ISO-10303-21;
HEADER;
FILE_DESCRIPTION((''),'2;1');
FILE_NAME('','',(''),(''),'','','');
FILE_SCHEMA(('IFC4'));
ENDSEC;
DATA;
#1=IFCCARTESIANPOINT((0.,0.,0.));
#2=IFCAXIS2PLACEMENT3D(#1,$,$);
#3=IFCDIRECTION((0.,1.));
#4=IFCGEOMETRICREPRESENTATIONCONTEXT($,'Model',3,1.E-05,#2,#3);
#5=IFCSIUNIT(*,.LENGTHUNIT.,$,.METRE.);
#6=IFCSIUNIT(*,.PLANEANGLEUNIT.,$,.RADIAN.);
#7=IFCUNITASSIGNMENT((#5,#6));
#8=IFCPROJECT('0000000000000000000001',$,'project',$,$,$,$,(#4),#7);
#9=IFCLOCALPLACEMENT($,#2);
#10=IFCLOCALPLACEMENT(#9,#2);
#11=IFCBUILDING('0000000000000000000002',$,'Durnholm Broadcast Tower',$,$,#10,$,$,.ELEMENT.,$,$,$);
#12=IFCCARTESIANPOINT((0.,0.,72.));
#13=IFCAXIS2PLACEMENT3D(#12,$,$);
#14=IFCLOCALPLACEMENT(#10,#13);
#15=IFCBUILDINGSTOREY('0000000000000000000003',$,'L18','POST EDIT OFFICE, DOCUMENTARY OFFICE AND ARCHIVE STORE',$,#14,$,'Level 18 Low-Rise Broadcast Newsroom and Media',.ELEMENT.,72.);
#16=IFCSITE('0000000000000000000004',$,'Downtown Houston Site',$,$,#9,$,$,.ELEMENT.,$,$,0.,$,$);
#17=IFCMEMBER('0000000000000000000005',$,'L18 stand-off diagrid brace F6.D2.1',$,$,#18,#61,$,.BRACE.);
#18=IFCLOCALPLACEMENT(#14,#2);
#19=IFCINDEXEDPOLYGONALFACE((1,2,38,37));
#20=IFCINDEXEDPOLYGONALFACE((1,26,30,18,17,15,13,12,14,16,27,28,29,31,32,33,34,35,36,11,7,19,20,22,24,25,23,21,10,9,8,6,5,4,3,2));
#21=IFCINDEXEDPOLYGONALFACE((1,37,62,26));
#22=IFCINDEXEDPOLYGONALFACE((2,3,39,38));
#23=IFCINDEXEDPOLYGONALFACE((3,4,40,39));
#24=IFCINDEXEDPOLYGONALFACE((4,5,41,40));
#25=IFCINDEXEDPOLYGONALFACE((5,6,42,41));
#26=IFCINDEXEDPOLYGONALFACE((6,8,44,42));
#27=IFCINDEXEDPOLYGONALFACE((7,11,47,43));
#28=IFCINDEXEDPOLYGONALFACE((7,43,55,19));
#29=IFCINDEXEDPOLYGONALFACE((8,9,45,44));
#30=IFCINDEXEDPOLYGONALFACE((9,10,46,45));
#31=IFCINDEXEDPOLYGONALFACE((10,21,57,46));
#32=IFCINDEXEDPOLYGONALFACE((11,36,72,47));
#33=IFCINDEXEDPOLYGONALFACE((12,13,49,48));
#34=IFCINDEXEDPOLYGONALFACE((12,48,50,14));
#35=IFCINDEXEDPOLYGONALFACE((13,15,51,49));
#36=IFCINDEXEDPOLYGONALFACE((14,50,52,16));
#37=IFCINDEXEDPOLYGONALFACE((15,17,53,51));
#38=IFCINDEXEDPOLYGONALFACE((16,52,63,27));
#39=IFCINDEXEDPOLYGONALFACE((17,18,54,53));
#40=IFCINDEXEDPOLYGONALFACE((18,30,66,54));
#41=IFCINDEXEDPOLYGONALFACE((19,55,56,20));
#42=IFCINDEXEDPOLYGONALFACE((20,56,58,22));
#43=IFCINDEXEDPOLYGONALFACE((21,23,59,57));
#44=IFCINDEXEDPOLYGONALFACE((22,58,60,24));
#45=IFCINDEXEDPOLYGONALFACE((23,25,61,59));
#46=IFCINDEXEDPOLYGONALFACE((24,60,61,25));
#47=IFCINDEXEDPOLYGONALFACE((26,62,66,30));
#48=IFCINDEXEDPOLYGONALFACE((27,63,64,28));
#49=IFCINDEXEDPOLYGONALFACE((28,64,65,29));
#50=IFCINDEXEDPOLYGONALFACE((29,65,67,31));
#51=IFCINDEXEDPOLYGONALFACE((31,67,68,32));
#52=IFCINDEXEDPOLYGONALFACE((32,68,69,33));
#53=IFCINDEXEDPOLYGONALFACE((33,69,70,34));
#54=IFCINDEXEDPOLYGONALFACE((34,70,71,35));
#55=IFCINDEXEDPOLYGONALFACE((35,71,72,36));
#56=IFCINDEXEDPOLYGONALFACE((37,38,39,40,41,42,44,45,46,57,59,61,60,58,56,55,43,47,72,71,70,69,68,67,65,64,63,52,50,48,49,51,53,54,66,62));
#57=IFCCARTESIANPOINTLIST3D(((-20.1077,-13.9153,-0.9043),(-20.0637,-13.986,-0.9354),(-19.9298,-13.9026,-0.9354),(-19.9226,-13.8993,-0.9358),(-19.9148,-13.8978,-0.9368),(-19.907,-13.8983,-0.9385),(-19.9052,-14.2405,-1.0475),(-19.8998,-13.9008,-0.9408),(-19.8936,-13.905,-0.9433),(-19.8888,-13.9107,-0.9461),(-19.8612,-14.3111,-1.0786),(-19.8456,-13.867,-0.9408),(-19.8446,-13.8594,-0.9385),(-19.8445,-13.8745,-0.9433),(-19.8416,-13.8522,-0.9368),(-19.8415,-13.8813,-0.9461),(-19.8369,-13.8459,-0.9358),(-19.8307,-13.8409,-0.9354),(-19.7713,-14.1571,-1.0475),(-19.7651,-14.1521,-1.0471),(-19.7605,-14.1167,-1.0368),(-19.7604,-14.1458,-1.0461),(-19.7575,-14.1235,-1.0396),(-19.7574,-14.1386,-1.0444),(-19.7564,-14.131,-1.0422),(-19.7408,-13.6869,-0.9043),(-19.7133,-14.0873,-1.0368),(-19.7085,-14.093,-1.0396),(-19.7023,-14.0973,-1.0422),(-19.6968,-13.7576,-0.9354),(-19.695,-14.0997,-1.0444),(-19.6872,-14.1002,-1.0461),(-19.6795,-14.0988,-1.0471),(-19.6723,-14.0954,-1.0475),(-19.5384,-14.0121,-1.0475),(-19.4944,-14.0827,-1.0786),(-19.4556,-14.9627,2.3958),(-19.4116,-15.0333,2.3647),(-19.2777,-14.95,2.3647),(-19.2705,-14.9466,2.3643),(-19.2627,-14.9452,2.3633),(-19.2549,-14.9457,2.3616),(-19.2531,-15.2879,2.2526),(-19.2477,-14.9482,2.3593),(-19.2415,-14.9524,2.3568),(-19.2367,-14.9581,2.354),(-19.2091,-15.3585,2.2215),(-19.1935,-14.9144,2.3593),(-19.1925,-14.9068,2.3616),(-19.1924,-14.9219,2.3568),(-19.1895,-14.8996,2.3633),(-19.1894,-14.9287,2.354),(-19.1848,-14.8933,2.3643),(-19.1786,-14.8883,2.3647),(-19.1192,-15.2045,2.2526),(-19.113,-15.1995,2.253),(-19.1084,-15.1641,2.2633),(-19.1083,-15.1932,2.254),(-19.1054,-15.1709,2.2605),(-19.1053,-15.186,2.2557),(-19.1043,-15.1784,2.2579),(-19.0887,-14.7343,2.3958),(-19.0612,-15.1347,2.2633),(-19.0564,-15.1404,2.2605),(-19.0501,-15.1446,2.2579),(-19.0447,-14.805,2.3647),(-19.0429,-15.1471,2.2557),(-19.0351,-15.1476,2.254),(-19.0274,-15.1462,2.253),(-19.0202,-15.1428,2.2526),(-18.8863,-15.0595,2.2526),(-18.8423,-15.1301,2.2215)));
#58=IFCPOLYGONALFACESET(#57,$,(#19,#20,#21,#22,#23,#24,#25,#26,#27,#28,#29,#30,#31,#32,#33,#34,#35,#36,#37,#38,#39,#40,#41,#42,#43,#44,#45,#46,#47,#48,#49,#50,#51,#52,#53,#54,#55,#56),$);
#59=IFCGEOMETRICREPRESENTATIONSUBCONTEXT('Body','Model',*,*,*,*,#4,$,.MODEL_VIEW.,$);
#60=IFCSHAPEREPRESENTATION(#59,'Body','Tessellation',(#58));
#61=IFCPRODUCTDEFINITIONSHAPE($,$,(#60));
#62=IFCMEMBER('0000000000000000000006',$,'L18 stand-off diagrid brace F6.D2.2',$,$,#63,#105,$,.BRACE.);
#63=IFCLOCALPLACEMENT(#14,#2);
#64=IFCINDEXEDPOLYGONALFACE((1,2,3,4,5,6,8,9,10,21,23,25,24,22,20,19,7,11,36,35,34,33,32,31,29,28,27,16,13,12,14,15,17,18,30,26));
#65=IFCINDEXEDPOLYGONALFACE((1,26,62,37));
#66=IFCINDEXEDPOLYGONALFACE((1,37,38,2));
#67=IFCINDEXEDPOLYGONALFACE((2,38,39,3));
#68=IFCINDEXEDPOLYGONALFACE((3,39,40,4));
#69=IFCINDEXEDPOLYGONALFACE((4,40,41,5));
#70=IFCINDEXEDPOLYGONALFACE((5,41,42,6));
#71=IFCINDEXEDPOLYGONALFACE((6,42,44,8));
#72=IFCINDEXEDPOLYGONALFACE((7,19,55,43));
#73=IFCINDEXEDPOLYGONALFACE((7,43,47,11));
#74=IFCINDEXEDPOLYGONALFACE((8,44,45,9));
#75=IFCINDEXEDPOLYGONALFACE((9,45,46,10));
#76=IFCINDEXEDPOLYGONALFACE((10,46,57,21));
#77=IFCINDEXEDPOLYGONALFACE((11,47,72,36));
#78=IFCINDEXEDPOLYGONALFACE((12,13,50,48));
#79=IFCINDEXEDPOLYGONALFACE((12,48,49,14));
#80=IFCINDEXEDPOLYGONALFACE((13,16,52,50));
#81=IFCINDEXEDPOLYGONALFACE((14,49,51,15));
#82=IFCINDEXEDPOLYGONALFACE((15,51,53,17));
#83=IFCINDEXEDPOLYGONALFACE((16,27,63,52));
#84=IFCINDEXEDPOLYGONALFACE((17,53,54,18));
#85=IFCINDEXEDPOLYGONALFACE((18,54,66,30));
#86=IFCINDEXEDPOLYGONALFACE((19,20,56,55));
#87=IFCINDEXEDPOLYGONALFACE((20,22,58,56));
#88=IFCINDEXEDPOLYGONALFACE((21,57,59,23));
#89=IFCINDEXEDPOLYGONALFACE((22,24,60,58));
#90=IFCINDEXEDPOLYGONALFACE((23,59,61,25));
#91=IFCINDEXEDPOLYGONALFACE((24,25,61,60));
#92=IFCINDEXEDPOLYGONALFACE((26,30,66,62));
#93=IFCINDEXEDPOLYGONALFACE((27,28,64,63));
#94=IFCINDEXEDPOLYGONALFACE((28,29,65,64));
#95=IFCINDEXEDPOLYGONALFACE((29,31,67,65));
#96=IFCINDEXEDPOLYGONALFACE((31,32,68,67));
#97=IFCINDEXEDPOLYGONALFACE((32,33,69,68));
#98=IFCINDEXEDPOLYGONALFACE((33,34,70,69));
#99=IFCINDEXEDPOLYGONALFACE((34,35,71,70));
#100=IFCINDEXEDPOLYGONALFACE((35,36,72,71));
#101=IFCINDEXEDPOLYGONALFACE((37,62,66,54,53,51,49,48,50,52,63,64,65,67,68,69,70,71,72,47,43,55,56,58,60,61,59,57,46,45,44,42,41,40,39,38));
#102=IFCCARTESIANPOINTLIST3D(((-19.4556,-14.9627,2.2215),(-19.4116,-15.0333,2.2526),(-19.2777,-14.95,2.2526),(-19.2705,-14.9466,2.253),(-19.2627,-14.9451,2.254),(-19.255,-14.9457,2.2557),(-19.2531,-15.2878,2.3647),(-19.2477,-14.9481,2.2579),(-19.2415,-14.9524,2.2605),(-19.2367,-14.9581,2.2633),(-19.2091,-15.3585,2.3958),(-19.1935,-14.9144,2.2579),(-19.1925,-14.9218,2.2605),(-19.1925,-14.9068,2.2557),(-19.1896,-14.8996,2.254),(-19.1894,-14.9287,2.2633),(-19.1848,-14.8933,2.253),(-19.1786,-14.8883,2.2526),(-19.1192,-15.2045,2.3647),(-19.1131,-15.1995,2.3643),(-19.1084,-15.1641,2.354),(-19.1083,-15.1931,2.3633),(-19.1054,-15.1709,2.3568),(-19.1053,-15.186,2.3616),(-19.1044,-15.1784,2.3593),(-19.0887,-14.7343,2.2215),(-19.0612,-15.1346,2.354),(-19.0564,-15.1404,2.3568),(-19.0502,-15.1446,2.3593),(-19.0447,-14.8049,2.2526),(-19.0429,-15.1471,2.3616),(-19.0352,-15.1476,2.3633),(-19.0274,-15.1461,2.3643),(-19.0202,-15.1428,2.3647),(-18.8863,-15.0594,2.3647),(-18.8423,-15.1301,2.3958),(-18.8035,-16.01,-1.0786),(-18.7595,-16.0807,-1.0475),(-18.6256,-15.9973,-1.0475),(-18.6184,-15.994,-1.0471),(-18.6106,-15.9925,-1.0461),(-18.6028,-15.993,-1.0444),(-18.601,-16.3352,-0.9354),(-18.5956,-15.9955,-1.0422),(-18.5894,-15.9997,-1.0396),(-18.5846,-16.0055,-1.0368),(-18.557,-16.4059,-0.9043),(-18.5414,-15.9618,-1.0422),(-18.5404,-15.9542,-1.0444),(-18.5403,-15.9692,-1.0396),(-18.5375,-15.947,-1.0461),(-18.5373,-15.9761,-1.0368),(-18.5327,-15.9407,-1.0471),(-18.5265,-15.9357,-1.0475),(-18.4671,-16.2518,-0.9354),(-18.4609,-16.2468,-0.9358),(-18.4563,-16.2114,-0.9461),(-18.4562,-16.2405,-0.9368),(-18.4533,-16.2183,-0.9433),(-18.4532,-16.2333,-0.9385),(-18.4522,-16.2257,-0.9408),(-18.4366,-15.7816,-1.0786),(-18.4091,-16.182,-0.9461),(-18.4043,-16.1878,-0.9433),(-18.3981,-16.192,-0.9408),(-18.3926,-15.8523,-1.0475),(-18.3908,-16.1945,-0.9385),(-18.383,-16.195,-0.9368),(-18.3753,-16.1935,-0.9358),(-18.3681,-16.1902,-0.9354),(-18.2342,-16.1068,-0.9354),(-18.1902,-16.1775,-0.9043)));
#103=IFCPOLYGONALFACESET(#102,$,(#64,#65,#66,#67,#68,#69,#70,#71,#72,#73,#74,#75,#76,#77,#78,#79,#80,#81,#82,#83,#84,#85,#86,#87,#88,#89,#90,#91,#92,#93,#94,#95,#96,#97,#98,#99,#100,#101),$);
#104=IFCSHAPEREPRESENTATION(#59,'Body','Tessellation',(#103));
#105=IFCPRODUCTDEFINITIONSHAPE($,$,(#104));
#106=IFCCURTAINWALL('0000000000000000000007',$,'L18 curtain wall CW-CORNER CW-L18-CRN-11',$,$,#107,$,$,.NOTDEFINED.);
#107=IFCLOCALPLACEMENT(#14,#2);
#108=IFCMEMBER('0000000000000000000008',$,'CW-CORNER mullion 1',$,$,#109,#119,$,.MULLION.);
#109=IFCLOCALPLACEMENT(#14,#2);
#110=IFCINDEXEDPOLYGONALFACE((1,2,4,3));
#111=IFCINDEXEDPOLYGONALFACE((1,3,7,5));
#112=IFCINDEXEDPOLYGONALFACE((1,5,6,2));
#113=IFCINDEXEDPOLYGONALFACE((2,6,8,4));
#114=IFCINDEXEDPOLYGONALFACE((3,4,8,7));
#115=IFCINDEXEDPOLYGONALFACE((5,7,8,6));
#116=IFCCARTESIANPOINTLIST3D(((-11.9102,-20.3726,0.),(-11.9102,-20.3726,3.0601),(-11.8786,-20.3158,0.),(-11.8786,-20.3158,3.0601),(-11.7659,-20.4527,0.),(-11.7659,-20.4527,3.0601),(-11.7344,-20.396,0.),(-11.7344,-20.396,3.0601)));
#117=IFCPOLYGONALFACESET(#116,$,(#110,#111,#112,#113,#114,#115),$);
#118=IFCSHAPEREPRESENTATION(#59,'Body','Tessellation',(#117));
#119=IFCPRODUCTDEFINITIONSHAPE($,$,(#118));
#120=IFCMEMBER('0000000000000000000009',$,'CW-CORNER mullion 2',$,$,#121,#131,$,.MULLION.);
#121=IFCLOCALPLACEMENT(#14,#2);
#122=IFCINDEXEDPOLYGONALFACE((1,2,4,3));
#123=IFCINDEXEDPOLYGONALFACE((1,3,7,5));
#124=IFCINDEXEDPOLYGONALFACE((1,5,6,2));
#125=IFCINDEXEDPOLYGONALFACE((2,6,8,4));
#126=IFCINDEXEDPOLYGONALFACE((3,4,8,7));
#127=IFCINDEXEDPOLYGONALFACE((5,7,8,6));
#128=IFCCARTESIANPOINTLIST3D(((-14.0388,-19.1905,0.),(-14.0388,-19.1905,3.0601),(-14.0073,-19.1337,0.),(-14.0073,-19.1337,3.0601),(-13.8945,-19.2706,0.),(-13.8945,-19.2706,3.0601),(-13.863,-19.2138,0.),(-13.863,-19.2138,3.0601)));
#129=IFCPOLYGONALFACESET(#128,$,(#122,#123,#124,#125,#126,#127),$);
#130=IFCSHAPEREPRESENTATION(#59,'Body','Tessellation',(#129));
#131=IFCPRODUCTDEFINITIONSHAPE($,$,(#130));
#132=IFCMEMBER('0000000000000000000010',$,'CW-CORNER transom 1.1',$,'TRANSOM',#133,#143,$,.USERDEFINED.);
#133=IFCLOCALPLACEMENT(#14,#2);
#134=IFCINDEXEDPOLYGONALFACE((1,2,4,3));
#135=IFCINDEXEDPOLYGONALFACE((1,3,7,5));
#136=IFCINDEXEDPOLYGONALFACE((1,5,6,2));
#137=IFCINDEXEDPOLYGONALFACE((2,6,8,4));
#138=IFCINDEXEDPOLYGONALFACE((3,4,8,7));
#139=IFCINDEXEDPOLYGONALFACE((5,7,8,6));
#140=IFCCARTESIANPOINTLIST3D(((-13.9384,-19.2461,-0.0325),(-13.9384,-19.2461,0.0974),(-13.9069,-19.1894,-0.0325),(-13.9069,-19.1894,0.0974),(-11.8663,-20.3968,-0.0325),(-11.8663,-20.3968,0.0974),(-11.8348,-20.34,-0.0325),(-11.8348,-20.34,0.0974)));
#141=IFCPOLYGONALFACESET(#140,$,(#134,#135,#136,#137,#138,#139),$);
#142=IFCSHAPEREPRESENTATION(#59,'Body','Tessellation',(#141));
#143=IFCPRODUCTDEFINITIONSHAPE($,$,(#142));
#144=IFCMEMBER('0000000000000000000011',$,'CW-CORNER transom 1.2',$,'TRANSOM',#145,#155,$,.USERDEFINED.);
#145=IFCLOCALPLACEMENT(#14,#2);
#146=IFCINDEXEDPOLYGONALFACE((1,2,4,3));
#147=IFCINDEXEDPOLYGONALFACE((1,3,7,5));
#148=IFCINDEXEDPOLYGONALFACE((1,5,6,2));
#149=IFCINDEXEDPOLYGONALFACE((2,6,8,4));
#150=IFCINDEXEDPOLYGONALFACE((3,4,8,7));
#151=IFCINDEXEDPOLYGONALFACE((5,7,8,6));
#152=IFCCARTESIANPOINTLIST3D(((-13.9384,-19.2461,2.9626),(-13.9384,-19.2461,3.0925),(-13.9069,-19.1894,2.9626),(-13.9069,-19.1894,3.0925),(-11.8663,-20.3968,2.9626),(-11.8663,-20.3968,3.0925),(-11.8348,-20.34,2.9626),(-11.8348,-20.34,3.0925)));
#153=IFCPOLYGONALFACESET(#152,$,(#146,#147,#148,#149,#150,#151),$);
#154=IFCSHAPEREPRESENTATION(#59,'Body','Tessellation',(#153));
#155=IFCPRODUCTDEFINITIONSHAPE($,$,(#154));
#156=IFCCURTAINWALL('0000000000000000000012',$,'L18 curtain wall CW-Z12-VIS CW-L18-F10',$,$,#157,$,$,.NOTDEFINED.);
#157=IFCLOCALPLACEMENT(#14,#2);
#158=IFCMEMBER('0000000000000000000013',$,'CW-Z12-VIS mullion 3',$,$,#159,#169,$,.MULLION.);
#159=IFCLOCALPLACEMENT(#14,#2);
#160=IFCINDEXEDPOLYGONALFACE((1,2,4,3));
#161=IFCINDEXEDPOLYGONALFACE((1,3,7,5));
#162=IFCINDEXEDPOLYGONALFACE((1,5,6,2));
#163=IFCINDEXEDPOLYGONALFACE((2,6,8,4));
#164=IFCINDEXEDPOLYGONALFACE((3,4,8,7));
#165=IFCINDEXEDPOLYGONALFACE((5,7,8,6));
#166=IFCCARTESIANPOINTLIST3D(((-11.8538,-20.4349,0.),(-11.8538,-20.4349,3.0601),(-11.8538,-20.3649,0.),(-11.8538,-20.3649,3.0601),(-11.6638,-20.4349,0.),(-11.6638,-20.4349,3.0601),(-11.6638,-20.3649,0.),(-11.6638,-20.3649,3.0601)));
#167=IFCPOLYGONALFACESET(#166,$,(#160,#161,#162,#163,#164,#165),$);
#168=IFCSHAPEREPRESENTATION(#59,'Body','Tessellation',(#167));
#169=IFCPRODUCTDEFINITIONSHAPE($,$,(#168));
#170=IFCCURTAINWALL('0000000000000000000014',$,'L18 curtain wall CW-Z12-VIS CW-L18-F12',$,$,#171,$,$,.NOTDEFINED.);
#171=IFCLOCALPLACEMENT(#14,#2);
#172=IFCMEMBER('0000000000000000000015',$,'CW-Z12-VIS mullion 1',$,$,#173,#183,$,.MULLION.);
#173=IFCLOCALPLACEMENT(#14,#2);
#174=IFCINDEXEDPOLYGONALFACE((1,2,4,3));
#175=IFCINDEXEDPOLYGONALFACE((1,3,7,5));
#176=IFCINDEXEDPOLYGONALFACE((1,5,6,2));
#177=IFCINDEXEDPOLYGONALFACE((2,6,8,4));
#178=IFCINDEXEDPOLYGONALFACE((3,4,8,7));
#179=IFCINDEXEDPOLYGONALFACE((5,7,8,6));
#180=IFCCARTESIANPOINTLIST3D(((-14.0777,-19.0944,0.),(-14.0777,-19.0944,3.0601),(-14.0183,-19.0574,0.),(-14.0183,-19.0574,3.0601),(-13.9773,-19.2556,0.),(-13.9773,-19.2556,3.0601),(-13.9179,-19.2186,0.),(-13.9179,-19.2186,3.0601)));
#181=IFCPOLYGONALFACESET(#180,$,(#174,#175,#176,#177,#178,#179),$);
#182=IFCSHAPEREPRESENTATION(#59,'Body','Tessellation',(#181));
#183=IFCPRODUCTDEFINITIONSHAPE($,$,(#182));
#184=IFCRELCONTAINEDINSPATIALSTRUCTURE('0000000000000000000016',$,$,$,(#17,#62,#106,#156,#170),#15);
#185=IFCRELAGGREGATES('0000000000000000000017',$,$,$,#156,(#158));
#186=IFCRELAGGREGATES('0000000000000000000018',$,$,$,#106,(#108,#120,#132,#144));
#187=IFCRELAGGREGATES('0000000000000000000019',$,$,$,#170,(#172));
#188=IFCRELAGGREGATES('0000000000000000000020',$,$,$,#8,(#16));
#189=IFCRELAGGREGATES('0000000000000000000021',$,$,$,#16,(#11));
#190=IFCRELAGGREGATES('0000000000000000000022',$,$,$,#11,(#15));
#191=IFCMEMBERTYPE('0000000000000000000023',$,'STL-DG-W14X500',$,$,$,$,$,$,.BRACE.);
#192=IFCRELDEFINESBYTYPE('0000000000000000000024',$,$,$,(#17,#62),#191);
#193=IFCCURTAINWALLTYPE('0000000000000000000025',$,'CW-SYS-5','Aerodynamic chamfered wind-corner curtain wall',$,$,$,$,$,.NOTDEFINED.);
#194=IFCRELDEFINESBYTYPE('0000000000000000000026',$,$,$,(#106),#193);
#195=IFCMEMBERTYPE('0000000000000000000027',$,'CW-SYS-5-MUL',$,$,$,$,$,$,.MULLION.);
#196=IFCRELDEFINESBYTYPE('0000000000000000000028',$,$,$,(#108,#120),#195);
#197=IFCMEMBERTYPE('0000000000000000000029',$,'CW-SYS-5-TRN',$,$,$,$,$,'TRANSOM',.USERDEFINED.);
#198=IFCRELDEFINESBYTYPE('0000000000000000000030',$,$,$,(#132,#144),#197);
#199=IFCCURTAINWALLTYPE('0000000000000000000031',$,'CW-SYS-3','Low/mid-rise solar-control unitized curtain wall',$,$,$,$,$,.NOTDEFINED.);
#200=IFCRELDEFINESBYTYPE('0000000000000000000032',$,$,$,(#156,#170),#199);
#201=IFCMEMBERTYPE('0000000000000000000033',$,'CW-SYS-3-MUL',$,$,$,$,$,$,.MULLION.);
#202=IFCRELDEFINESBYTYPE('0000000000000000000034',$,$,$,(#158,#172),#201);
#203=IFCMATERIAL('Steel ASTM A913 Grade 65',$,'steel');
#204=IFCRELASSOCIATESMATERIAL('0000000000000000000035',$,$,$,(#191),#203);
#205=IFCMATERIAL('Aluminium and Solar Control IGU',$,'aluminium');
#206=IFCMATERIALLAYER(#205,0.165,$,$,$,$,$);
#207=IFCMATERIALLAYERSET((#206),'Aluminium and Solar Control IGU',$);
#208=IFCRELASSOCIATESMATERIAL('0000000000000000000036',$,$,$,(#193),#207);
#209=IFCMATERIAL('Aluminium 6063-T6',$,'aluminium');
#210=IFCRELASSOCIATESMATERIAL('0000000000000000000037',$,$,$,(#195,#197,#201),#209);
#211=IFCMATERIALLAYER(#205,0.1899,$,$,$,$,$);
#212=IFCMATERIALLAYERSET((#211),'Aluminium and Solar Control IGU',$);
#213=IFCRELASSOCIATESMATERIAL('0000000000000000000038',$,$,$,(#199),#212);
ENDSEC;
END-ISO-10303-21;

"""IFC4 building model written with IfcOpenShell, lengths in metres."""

from ifc_helpers import new_model, si_unit, direction, frame, origin, origin_2d, place, context, subcontext, project, spatial, rectangle, i_section, extrude, source, transform, mapped, material, layer, layer_set, material_profile, profile_set, type_object, type_shapes, element, aggregate, save


model = new_model("IFC4")

# Units and contexts
model_context = context("Model", 3, precision=1e-05, world=origin(), true_north=direction((0.0, 1.0)))
body_context = subcontext(model_context, "Body", "Model", "MODEL_VIEW")
ifc_project = project(units=[si_unit("LENGTHUNIT", "METRE"), si_unit("PLANEANGLEUNIT", "RADIAN")], contexts=[model_context])

# Site, building, storey
site_placement = place(None, origin())
site = spatial("IfcSite", under=ifc_project, at=site_placement, Name="Downtown Houston Site", CompositionType="ELEMENT", RefElevation=0.0)
building_placement = place(site_placement, origin())
building = spatial("IfcBuilding", under=site, at=building_placement, Name="Durnholm Broadcast Tower", CompositionType="ELEMENT")
storey_placement = place(building_placement, frame((0.0, 0.0, 72.0)))
storey = spatial("IfcBuildingStorey", under=building, at=storey_placement, Name="L18", Description="POST EDIT OFFICE, DOCUMENTARY OFFICE AND ARCHIVE STORE", LongName="Level 18 Low-Rise Broadcast Newsroom and Media", CompositionType="ELEMENT", Elevation=72.0)

# Members
ifc_material_1 = material(Name="Steel ASTM A913 Grade 65", Category="steel")
ifc_material_profile_1 = material_profile(ifc_material_1, i_section(OverallWidth=0.4321, OverallDepth=0.4978, WebThickness=0.0557, FlangeThickness=0.0889, FilletRadius=0.0305, at=origin_2d()), Name="W14X500")
ifc_profile_set_1 = profile_set([ifc_material_profile_1], Name="Steel ASTM A913 Grade 65")
member_type_1 = type_object("IfcMemberType", Name="STL-DG-W14X500", PredefinedType="BRACE", material=ifc_profile_set_1)
shared_shape_1 = source(origin(), body_context, "Body", "SweptSolid", [
    extrude(i_section(OverallWidth=0.4321, OverallDepth=0.4978, WebThickness=0.0557, FlangeThickness=0.0889, FilletRadius=0.0305, at=origin_2d()), origin(), (0.0, 0.0, 1.0), 3.5232),
])
type_shapes(member_type_1, [shared_shape_1])
for number, where, z_axis, x_axis, name in (
    (1, (-19.801, -13.999, -0.9915), (0.18509, -0.297281, 0.936678), (0.848909, 0.52854, 0.0), "L18 stand-off diagrid brace F6.D2.1"),
    (2, (-18.4968, -16.0938, -0.9915), (-0.18509, 0.297281, 0.936678), (-0.848909, -0.52854, 0.0), "L18 stand-off diagrid brace F6.D2.2"),
):
    element("IfcMember", number, at=place(storey_placement, frame(where, z_axis=z_axis, x_axis=x_axis)), inside=storey, type_object=member_type_1, Name=name, PredefinedType="BRACE", context=body_context, shape_type="MappedRepresentation", body=[
        mapped(shared_shape_1, transform((0.0, 0.0, 0.0), x_axis=(1.0, 0.0, 0.0), y_axis=(0.0, 1.0, 0.0), z_axis=(0.0, 0.0, 1.0), scale=1.0)),
    ])

# Curtain wall, members
ifc_material_2 = material(Name="Aluminium and Solar Control IGU", Category="aluminium")
ifc_layer_1 = layer(ifc_material_2, 0.165)
ifc_layer_set_1 = layer_set([ifc_layer_1], Name="Aluminium and Solar Control IGU")
curtain_wall_type_1 = type_object("IfcCurtainWallType", Name="CW-SYS-5", Description="Aerodynamic chamfered wind-corner curtain wall", PredefinedType="NOTDEFINED", material=ifc_layer_set_1)
curtain_wall_1_placement = place(storey_placement, origin())
curtain_wall_1 = element("IfcCurtainWall", 3, at=curtain_wall_1_placement, inside=storey, type_object=curtain_wall_type_1, Name="L18 curtain wall CW-CORNER CW-L18-CRN-11", PredefinedType="NOTDEFINED")
ifc_material_3 = material(Name="Aluminium 6063-T6", Category="aluminium")
ifc_material_profile_2 = material_profile(ifc_material_3, rectangle(XDim=0.0649, YDim=0.165, at=origin_2d()), Name="CWM65X165")
ifc_profile_set_2 = profile_set([ifc_material_profile_2], Name="Aluminium 6063-T6")
member_type_2 = type_object("IfcMemberType", Name="CW-SYS-5-MUL", PredefinedType="MULLION", material=ifc_profile_set_2)
shared_shape_2 = source(origin(), body_context, "Body", "SweptSolid", [
    extrude(rectangle(XDim=0.0649, YDim=0.165, at=origin_2d()), origin(), (0.0, 0.0, 1.0), 3.0601),
])
type_shapes(member_type_2, [shared_shape_2])
member_1_placement = place(storey_placement, frame((-11.8223, -20.3843, 0.0), z_axis=(0.0, 0.0, 1.0), x_axis=(-0.485483, -0.874246, 0.0)))
member_1 = element("IfcMember", 4, at=member_1_placement, type_object=member_type_2, Name="CW-CORNER mullion 1", PredefinedType="MULLION", context=body_context, shape_type="MappedRepresentation", body=[
    mapped(shared_shape_2, transform((0.0, 0.0, 0.0), x_axis=(1.0, 0.0, 0.0), y_axis=(0.0, 1.0, 0.0), z_axis=(0.0, 0.0, 1.0), scale=1.0)),
])
member_2_placement = place(storey_placement, frame((-13.9509, -19.2021, 0.0), z_axis=(0.0, 0.0, 1.0), x_axis=(-0.485483, -0.874246, 0.0)))
member_2 = element("IfcMember", 5, at=member_2_placement, type_object=member_type_2, Name="CW-CORNER mullion 2", PredefinedType="MULLION", context=body_context, shape_type="MappedRepresentation", body=[
    mapped(shared_shape_2, transform((0.0, 0.0, 0.0), x_axis=(1.0, 0.0, 0.0), y_axis=(0.0, 1.0, 0.0), z_axis=(0.0, 0.0, 1.0), scale=1.0)),
])
ifc_material_profile_3 = material_profile(ifc_material_3, rectangle(XDim=0.0649, YDim=0.1299, at=origin_2d()), Name="CWT65X130")
ifc_profile_set_3 = profile_set([ifc_material_profile_3], Name="Aluminium 6063-T6")
member_type_3 = type_object("IfcMemberType", Name="CW-SYS-5-TRN", ElementType="TRANSOM", PredefinedType="USERDEFINED", material=ifc_profile_set_3)
shared_shape_3 = source(origin(), body_context, "Body", "SweptSolid", [
    extrude(rectangle(XDim=0.0649, YDim=0.1299, at=origin_2d()), origin(), (0.0, 0.0, 1.0), 2.3701),
])
type_shapes(member_type_3, [shared_shape_3])
member_3_placement = place(storey_placement, frame((-11.8506, -20.3684, 0.0325), z_axis=(-0.874245, 0.485485, 0.0), x_axis=(-0.485485, -0.874245, 0.0)))
member_3 = element("IfcMember", 6, at=member_3_placement, type_object=member_type_3, Name="CW-CORNER transom 1.1", ObjectType="TRANSOM", PredefinedType="USERDEFINED", context=body_context, shape_type="MappedRepresentation", body=[
    mapped(shared_shape_3, transform((0.0, 0.0, 0.0), x_axis=(1.0, 0.0, 0.0), y_axis=(0.0, 1.0, 0.0), z_axis=(0.0, 0.0, 1.0), scale=1.0)),
])
member_4_placement = place(storey_placement, frame((-11.8506, -20.3684, 3.0276), z_axis=(-0.874245, 0.485485, 0.0), x_axis=(-0.485485, -0.874245, 0.0)))
member_4 = element("IfcMember", 7, at=member_4_placement, type_object=member_type_3, Name="CW-CORNER transom 1.2", ObjectType="TRANSOM", PredefinedType="USERDEFINED", context=body_context, shape_type="MappedRepresentation", body=[
    mapped(shared_shape_3, transform((0.0, 0.0, 0.0), x_axis=(1.0, 0.0, 0.0), y_axis=(0.0, 1.0, 0.0), z_axis=(0.0, 0.0, 1.0), scale=1.0)),
])

# Curtain wall, member
ifc_layer_2 = layer(ifc_material_2, 0.1899)
ifc_layer_set_2 = layer_set([ifc_layer_2], Name="Aluminium and Solar Control IGU")
curtain_wall_type_2 = type_object("IfcCurtainWallType", Name="CW-SYS-3", Description="Low/mid-rise solar-control unitized curtain wall", PredefinedType="NOTDEFINED", material=ifc_layer_set_2)
curtain_wall_2_placement = place(storey_placement, origin())
curtain_wall_2 = element("IfcCurtainWall", 8, at=curtain_wall_2_placement, inside=storey, type_object=curtain_wall_type_2, Name="L18 curtain wall CW-Z12-VIS CW-L18-F10", PredefinedType="NOTDEFINED")
ifc_material_profile_4 = material_profile(ifc_material_3, rectangle(XDim=0.0701, YDim=0.1899, at=origin_2d()), Name="CWM70X190")
ifc_profile_set_4 = profile_set([ifc_material_profile_4], Name="Aluminium 6063-T6")
member_type_4 = type_object("IfcMemberType", Name="CW-SYS-3-MUL", PredefinedType="MULLION", material=ifc_profile_set_4)
shared_shape_4 = source(origin(), body_context, "Body", "SweptSolid", [
    extrude(rectangle(XDim=0.0701, YDim=0.1899, at=origin_2d()), origin(), (0.0, 0.0, 1.0), 3.0601),
])
type_shapes(member_type_4, [shared_shape_4])
member_5_placement = place(storey_placement, frame((-11.7588, -20.3999, 0.0), z_axis=(0.0, 0.0, 1.0), x_axis=(0.0, -1.0, 0.0)))
member_5 = element("IfcMember", 9, at=member_5_placement, type_object=member_type_4, Name="CW-Z12-VIS mullion 3", PredefinedType="MULLION", context=body_context, shape_type="MappedRepresentation", body=[
    mapped(shared_shape_4, transform((0.0, 0.0, 0.0), x_axis=(1.0, 0.0, 0.0), y_axis=(0.0, 1.0, 0.0), z_axis=(0.0, 0.0, 1.0), scale=1.0)),
])
aggregate(curtain_wall_2, [member_5])

# Curtain wall, member
curtain_wall_3_placement = place(storey_placement, origin())
curtain_wall_3 = element("IfcCurtainWall", 10, at=curtain_wall_3_placement, inside=storey, type_object=curtain_wall_type_2, Name="L18 curtain wall CW-Z12-VIS CW-L18-F12", PredefinedType="NOTDEFINED")
member_6_placement = place(storey_placement, frame((-13.9978, -19.1565, 0.0), z_axis=(0.0, 0.0, 1.0), x_axis=(-0.848876, -0.528592, 0.0)))
member_6 = element("IfcMember", 11, at=member_6_placement, type_object=member_type_4, Name="CW-Z12-VIS mullion 1", PredefinedType="MULLION", context=body_context, shape_type="MappedRepresentation", body=[
    mapped(shared_shape_4, transform((0.0, 0.0, 0.0), x_axis=(1.0, 0.0, 0.0), y_axis=(0.0, 1.0, 0.0), z_axis=(0.0, 0.0, 1.0), scale=1.0)),
])

aggregate(curtain_wall_1, [member_1, member_2, member_3, member_4])
aggregate(curtain_wall_3, [member_6])

save(model, "model.ifc")
